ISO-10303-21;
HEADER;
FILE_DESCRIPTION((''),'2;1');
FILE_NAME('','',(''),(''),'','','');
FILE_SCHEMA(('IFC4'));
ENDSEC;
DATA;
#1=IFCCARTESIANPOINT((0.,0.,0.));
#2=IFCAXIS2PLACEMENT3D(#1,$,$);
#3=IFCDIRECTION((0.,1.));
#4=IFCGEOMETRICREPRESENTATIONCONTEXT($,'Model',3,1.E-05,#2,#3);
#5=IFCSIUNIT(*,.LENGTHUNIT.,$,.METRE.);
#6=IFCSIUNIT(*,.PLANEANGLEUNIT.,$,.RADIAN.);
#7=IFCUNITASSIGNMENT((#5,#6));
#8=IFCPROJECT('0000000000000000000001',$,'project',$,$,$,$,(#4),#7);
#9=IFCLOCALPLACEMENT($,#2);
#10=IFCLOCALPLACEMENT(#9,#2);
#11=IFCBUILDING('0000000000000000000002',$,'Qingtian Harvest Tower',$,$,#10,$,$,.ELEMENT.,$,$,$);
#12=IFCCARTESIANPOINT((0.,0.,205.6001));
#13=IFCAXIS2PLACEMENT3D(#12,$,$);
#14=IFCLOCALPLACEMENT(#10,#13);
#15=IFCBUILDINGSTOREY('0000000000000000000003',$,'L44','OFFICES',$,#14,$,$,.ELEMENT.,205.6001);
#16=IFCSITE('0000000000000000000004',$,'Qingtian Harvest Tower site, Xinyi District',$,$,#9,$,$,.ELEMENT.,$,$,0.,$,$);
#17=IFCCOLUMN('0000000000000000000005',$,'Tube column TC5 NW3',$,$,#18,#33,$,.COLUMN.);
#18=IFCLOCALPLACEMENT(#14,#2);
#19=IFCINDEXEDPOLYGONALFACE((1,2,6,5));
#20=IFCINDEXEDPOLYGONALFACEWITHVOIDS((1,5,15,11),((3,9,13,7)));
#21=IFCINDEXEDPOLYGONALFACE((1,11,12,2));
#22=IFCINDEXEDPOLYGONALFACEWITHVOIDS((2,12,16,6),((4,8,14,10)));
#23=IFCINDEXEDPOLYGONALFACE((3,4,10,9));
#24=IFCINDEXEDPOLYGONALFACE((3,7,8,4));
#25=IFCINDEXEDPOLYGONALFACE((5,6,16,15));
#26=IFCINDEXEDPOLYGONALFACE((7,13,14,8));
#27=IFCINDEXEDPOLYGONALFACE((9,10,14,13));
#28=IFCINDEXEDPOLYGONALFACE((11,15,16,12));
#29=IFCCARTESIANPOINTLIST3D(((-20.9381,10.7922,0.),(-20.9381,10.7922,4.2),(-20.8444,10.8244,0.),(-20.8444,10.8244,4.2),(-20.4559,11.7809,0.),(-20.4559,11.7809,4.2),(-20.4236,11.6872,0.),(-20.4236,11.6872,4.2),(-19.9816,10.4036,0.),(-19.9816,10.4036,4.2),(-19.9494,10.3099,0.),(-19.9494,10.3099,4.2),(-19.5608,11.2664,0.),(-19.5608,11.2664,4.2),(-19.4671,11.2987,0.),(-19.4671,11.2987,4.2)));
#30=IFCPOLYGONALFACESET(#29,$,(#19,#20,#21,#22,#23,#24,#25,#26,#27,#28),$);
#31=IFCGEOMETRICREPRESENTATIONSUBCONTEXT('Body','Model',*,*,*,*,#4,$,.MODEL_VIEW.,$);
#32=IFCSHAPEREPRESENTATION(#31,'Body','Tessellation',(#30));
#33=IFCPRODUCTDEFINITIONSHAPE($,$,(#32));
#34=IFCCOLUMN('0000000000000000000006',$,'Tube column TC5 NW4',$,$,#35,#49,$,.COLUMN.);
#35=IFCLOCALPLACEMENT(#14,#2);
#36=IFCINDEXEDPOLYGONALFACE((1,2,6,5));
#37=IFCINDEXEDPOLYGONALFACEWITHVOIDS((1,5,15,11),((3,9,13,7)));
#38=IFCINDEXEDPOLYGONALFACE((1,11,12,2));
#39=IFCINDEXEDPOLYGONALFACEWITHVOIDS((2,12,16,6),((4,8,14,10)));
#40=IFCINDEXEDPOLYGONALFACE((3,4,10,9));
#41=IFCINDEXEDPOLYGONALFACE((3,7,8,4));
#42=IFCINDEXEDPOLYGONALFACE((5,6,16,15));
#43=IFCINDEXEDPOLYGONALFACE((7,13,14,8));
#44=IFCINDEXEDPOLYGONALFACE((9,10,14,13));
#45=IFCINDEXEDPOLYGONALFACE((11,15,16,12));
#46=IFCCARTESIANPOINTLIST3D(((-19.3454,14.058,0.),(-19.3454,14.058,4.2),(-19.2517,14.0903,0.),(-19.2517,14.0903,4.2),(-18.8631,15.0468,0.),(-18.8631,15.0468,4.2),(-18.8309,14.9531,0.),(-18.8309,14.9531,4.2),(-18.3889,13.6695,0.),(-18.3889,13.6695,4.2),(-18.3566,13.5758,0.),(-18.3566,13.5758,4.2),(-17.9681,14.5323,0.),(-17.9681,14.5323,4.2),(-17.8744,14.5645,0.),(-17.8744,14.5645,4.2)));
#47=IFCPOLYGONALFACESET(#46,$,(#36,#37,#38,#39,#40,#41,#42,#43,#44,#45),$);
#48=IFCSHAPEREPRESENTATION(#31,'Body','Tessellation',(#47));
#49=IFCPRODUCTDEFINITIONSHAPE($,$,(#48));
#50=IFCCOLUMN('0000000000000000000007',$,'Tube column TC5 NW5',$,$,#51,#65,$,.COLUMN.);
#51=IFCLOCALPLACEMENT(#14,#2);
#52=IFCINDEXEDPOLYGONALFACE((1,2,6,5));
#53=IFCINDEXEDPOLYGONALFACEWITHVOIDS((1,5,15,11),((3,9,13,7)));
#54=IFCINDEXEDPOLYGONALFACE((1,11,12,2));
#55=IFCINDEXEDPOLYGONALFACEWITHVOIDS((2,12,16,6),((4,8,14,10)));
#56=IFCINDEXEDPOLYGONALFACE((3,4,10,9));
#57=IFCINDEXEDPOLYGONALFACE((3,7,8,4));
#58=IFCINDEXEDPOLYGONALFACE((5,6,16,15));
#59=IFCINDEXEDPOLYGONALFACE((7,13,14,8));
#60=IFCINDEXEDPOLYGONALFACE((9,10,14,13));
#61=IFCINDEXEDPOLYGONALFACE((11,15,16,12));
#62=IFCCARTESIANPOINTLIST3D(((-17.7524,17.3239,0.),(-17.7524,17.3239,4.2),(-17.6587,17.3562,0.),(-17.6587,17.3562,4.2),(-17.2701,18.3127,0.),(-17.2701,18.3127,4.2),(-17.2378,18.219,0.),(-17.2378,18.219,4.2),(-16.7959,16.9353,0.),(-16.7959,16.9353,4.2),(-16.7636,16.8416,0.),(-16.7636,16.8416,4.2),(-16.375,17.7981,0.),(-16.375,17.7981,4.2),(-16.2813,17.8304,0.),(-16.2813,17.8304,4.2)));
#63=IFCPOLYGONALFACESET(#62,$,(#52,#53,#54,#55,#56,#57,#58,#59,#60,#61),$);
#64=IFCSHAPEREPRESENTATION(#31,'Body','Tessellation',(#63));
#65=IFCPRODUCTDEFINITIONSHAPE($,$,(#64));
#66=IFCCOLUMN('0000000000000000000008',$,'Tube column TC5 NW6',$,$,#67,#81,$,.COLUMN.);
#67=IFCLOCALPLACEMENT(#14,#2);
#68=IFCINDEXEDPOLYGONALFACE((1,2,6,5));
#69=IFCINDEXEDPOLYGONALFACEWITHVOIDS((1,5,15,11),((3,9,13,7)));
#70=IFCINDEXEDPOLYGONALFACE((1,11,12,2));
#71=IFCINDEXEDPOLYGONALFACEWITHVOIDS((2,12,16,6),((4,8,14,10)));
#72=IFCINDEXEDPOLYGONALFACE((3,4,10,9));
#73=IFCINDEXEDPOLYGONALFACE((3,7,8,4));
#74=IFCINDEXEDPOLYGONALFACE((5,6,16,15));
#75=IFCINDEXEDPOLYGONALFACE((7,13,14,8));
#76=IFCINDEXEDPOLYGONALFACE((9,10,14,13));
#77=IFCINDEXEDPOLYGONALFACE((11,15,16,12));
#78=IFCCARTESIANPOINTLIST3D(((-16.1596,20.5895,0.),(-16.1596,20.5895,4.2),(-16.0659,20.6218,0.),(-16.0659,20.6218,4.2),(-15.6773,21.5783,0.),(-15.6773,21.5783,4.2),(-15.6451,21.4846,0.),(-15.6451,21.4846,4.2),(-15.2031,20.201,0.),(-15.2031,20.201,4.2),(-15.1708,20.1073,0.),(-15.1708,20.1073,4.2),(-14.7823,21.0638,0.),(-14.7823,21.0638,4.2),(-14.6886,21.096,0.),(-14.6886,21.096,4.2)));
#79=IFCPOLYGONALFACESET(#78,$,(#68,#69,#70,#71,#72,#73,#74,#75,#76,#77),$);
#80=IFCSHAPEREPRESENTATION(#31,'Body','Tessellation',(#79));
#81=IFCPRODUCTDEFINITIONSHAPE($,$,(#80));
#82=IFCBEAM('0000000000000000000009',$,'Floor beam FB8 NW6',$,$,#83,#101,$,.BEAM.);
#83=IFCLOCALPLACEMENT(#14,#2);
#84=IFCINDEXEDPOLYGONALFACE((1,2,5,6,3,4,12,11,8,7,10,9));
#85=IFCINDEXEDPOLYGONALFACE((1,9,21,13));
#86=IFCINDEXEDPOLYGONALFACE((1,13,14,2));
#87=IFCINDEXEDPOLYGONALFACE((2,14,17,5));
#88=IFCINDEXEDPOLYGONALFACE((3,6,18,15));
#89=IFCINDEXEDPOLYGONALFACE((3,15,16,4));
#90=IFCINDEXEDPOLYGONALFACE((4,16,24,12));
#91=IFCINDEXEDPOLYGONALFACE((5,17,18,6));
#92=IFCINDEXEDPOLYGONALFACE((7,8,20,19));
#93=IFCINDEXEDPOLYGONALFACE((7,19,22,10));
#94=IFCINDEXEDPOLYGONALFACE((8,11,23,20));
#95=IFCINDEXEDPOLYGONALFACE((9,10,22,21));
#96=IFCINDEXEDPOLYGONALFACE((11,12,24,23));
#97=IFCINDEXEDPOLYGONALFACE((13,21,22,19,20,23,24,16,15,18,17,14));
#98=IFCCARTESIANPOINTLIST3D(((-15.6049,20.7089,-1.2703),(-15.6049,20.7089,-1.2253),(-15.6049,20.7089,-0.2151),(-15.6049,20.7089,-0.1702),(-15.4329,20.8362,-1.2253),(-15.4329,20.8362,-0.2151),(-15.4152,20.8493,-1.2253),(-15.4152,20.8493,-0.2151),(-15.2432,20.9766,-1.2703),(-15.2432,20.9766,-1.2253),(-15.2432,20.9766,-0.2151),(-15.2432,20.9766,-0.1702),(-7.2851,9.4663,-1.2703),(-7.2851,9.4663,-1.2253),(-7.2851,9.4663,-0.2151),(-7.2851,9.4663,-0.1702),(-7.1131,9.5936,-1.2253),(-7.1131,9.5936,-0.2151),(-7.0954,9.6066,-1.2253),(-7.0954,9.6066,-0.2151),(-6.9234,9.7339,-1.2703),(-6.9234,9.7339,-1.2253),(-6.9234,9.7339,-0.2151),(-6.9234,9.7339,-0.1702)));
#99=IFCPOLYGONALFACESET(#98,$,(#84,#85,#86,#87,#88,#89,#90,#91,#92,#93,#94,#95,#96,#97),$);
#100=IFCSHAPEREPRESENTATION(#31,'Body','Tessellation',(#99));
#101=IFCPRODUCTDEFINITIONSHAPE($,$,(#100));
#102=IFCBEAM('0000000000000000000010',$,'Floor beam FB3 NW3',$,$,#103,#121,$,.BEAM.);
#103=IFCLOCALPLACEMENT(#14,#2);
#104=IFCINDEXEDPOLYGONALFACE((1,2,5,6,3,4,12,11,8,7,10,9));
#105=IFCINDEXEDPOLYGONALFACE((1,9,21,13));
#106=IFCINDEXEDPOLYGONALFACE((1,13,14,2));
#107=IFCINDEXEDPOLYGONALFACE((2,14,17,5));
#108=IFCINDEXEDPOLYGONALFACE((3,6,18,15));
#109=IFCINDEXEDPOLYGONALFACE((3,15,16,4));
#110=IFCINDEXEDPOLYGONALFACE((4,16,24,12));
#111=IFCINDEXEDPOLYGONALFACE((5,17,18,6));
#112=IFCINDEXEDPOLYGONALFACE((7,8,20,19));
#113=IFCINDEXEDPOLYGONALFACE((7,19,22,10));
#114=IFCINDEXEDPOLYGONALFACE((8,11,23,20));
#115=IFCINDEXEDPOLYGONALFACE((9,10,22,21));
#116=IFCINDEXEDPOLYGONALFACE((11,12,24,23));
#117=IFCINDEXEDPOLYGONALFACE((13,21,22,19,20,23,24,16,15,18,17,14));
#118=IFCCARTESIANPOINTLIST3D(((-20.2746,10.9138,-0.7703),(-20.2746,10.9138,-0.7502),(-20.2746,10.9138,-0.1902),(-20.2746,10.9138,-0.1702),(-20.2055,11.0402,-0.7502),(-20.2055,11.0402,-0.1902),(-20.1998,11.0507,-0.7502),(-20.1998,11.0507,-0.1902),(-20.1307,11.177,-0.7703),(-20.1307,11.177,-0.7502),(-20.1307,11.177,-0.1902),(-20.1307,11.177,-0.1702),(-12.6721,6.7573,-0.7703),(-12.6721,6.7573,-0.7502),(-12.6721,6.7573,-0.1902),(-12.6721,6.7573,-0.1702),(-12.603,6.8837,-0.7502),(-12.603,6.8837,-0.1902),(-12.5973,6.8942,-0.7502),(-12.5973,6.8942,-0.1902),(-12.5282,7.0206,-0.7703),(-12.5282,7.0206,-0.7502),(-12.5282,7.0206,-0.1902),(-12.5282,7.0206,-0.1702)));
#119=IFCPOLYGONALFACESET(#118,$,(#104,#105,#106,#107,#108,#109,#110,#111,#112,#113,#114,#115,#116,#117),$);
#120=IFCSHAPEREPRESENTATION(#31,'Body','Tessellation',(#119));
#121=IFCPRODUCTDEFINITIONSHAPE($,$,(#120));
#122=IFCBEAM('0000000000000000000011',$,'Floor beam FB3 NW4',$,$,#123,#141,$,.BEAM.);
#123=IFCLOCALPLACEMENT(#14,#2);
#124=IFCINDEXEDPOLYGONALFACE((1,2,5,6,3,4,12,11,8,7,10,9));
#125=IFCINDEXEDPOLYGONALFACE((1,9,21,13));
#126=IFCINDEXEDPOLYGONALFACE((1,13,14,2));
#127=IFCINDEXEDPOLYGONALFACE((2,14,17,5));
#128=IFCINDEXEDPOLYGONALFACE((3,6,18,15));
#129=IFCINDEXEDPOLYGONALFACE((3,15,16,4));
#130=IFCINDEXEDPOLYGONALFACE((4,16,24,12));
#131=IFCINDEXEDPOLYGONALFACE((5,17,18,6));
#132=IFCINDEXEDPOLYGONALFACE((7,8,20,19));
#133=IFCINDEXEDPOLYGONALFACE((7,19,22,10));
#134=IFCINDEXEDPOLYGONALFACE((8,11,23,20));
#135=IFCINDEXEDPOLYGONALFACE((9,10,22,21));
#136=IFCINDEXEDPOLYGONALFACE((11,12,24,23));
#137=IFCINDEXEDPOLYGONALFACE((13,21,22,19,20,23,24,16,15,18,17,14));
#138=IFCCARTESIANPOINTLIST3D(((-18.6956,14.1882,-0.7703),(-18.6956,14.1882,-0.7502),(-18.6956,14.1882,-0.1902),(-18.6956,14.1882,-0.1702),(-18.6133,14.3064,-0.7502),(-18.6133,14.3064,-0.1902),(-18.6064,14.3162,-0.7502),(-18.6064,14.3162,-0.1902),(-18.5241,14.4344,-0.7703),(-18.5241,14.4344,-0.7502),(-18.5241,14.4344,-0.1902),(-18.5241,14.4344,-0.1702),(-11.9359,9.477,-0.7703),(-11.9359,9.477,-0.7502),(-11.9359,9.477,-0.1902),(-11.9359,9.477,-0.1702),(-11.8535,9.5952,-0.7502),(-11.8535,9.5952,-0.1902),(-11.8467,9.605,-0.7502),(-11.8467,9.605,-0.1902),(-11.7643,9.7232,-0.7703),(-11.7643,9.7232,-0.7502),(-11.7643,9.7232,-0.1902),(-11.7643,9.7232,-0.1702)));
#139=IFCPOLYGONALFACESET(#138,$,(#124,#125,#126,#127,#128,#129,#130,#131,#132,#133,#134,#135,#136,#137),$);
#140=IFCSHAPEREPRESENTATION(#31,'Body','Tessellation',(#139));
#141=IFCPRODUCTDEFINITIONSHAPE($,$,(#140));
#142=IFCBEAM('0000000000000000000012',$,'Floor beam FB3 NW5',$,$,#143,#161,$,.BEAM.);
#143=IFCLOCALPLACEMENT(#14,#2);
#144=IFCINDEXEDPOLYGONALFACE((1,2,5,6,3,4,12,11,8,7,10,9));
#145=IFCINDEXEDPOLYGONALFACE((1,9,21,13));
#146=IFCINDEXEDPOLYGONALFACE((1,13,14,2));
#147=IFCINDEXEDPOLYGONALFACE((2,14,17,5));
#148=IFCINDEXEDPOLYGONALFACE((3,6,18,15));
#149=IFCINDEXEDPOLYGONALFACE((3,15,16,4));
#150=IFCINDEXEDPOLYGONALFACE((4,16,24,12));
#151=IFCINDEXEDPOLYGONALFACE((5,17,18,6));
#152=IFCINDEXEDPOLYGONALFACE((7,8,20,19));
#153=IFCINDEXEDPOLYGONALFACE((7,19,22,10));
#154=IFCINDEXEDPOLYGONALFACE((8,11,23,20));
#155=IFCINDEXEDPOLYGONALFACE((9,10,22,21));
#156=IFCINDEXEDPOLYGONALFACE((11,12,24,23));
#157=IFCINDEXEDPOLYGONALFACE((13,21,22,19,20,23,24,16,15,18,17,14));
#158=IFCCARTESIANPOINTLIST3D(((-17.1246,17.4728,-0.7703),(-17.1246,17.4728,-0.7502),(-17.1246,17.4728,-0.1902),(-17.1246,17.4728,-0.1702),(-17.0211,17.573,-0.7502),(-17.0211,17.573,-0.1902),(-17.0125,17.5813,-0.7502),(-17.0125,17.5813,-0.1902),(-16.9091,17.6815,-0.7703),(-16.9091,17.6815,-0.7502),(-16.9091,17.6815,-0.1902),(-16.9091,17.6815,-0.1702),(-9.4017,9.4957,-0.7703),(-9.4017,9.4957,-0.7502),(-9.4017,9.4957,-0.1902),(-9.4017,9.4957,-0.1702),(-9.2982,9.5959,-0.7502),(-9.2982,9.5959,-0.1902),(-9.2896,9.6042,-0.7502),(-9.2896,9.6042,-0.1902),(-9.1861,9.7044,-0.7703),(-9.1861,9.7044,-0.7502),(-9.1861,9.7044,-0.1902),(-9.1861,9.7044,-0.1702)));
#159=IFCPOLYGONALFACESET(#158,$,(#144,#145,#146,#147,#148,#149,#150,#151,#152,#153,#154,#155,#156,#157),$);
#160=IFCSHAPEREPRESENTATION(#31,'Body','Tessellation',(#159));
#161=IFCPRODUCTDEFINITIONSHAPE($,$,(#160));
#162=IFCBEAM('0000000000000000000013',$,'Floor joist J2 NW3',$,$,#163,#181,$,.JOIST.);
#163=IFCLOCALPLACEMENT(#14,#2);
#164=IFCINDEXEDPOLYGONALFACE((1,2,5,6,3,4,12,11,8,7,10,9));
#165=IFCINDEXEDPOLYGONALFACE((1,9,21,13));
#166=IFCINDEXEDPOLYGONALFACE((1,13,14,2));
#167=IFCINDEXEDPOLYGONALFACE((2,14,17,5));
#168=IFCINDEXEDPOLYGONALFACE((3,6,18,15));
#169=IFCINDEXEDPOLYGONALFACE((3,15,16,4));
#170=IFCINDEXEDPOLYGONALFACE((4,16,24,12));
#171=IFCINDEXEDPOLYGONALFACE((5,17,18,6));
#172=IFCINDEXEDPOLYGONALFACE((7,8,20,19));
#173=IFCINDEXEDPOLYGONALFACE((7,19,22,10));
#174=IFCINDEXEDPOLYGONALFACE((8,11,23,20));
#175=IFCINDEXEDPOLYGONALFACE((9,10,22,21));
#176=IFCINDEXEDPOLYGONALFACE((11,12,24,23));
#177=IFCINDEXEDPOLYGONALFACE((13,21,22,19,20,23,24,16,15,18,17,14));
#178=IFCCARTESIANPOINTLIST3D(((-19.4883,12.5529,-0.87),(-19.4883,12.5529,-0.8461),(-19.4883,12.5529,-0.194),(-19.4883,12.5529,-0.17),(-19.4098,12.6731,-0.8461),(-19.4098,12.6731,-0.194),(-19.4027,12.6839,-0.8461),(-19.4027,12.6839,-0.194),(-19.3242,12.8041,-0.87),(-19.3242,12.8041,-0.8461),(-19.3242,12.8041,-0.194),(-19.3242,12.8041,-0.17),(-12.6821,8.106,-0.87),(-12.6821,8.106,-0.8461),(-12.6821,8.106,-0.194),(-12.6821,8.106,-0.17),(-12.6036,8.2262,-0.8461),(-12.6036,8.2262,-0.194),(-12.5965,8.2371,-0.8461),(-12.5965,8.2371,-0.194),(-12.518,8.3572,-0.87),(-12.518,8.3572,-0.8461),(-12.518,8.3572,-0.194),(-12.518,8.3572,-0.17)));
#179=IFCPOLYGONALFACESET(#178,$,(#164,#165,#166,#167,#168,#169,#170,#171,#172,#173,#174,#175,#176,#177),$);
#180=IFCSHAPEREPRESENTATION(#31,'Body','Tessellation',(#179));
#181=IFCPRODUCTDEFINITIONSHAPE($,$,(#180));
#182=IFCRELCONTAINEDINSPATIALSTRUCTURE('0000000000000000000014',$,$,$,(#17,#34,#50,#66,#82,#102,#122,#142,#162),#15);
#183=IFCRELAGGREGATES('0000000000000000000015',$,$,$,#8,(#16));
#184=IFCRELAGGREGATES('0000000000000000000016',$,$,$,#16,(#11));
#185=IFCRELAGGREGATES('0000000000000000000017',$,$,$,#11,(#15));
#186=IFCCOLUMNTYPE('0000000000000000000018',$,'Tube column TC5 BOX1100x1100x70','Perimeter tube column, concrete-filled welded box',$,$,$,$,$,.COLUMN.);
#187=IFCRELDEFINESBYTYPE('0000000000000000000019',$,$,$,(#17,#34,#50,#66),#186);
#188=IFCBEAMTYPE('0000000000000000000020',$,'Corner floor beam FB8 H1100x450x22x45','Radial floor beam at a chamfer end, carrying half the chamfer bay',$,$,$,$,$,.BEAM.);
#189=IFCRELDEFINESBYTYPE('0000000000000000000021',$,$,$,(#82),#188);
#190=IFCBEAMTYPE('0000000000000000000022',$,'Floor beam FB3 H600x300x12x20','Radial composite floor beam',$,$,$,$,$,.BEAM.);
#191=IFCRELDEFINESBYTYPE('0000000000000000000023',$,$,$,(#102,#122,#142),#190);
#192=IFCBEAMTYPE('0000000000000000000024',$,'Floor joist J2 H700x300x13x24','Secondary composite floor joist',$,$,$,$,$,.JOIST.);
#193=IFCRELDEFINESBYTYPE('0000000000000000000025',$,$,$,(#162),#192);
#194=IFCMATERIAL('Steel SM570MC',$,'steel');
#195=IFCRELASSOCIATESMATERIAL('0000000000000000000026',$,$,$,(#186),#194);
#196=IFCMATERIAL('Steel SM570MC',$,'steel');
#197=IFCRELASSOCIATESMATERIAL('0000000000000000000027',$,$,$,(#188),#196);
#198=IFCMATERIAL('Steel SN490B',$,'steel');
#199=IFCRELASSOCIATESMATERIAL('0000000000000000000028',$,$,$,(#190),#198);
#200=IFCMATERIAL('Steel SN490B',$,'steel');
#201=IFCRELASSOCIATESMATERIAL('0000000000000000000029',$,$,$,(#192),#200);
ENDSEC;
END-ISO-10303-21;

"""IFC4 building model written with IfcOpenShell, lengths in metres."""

from ifc_helpers import new_model, si_unit, direction, frame, origin, origin_2d, place, context, subcontext, project, spatial, hollow_rectangle, i_section, extrude, material, material_profile, profile_set, type_object, element, save


model = new_model("IFC4")

# Units and contexts
model_context = context("Model", 3, precision=1e-05, world=origin(), true_north=direction((0.0, 1.0)))
body_context = subcontext(model_context, "Body", "Model", "MODEL_VIEW")
ifc_project = project(units=[si_unit("LENGTHUNIT", "METRE"), si_unit("PLANEANGLEUNIT", "RADIAN")], contexts=[model_context])

# Site, building, storey
site_placement = place(None, origin())
site = spatial("IfcSite", under=ifc_project, at=site_placement, Name="Qingtian Harvest Tower site, Xinyi District", CompositionType="ELEMENT", RefElevation=0.0)
building_placement = place(site_placement, origin())
building = spatial("IfcBuilding", under=site, at=building_placement, Name="Qingtian Harvest Tower", CompositionType="ELEMENT")
storey_placement = place(building_placement, frame((0.0, 0.0, 205.6001)))
storey = spatial("IfcBuildingStorey", under=building, at=storey_placement, Name="L44", Description="OFFICES", CompositionType="ELEMENT", Elevation=205.6001)

# Columns
ifc_material_1 = material(Name="Steel SM570MC", Category="steel")
ifc_material_profile_1 = material_profile(ifc_material_1, hollow_rectangle(XDim=1.1001, YDim=1.1001, WallThickness=0.0701, at=origin_2d()), Name="BOX1100x1100x70")
ifc_profile_set_1 = profile_set([ifc_material_profile_1], Name="Steel SM570MC")
column_type = type_object("IfcColumnType", Name="Tube column TC5 BOX1100x1100x70", Description="Perimeter tube column, concrete-filled welded box", PredefinedType="COLUMN", material=ifc_profile_set_1)
for number, where, z_axis, x_axis, name in (
    (1, (-20.2026, 11.0454, 0.0), (0.0, 0.0, 1.0), (-0.438371, -0.898794, 0.0), "Tube column TC5 NW3"),
    (2, (-18.6099, 14.3113, 0.0), (0.0, 0.0, 1.0), (-0.438371, -0.898794, 0.0), "Tube column TC5 NW4"),
    (3, (-17.0168, 17.5771, 0.0), (0.0, 0.0, 1.0), (-0.438371, -0.898794, 0.0), "Tube column TC5 NW5"),
    (4, (-15.4241, 20.8428, 0.0), (0.0, 0.0, 1.0), (-0.438371, -0.898794, 0.0), "Tube column TC5 NW6"),
):
    element("IfcColumn", number, at=place(storey_placement, frame(where, z_axis=z_axis, x_axis=x_axis)), inside=storey, type_object=column_type, Name=name, PredefinedType="COLUMN", context=body_context, shape_type="SweptSolid", body=[
        extrude(hollow_rectangle(XDim=1.1001, YDim=1.1001, WallThickness=0.0701, at=origin_2d()), origin(), (0.0, 0.0, 1.0), 4.2),
    ])

# Beams
ifc_material_2 = material(Name="Steel SM570MC", Category="steel")
ifc_material_profile_2 = material_profile(ifc_material_2, i_section(OverallWidth=0.45, OverallDepth=1.1001, WebThickness=0.022, FlangeThickness=0.0449, at=origin_2d()), Name="H1100x450x22x45")
ifc_profile_set_2 = profile_set([ifc_material_profile_2], Name="Steel SM570MC")
beam_type_1 = type_object("IfcBeamType", Name="Corner floor beam FB8 H1100x450x22x45", Description="Radial floor beam at a chamfer end, carrying half the chamfer bay", PredefinedType="BEAM", material=ifc_profile_set_2)
beam_1_placement = place(storey_placement, frame((-15.4241, 20.8428, -0.7202), z_axis=(0.594854, -0.803834, 0.0), x_axis=(0.803834, 0.594854, 0.0)))
element("IfcBeam", 5, at=beam_1_placement, inside=storey, type_object=beam_type_1, Name="Floor beam FB8 NW6", PredefinedType="BEAM", context=body_context, shape_type="SweptSolid", body=[
    extrude(i_section(OverallWidth=0.45, OverallDepth=1.1001, WebThickness=0.022, FlangeThickness=0.0449, at=origin_2d()), origin(), (0.0, 0.0, 1.0), 13.9863),
])
ifc_material_3 = material(Name="Steel SN490B", Category="steel")
ifc_material_profile_3 = material_profile(ifc_material_3, i_section(OverallWidth=0.3, OverallDepth=0.6001, WebThickness=0.012, FlangeThickness=0.02, at=origin_2d()), Name="H600x300x12x20")
ifc_profile_set_3 = profile_set([ifc_material_profile_3], Name="Steel SN490B")
beam_type_2 = type_object("IfcBeamType", Name="Floor beam FB3 H600x300x12x20", Description="Radial composite floor beam", PredefinedType="BEAM", material=ifc_profile_set_3)
beam_2_placement = place(storey_placement, frame((-20.2026, 11.0454, -0.4702), z_axis=(0.877427, -0.479711, 0.0), x_axis=(0.479711, 0.877427, 0.0)))
element("IfcBeam", 6, at=beam_2_placement, inside=storey, type_object=beam_type_2, Name="Floor beam FB3 NW3", PredefinedType="BEAM", context=body_context, shape_type="SweptSolid", body=[
    extrude(i_section(OverallWidth=0.3, OverallDepth=0.6001, WebThickness=0.012, FlangeThickness=0.02, at=origin_2d()), origin(), (0.0, 0.0, 1.0), 8.6646),
])
beam_3_placement = place(storey_placement, frame((-18.6099, 14.3113, -0.4702), z_axis=(0.820408, -0.571779, 0.0), x_axis=(0.571779, 0.820408, 0.0)))
element("IfcBeam", 7, at=beam_3_placement, inside=storey, type_object=beam_type_2, Name="Floor beam FB3 NW4", PredefinedType="BEAM", context=body_context, shape_type="SweptSolid", body=[
    extrude(i_section(OverallWidth=0.3, OverallDepth=0.6001, WebThickness=0.012, FlangeThickness=0.02, at=origin_2d()), origin(), (0.0, 0.0, 1.0), 8.2395),
])
beam_4_placement = place(storey_placement, frame((-17.0168, 17.5771, -0.4702), z_axis=(0.695569, -0.718459, 0.0), x_axis=(0.718459, 0.695569, 0.0)))
element("IfcBeam", 8, at=beam_4_placement, inside=storey, type_object=beam_type_2, Name="Floor beam FB3 NW5", PredefinedType="BEAM", context=body_context, shape_type="SweptSolid", body=[
    extrude(i_section(OverallWidth=0.3, OverallDepth=0.6001, WebThickness=0.012, FlangeThickness=0.02, at=origin_2d()), origin(), (0.0, 0.0, 1.0), 11.103),
])
ifc_material_4 = material(Name="Steel SN490B", Category="steel")
ifc_material_profile_4 = material_profile(ifc_material_4, i_section(OverallWidth=0.3, OverallDepth=0.7, WebThickness=0.0129, FlangeThickness=0.0239, at=origin_2d()), Name="H700x300x13x24")
ifc_profile_set_4 = profile_set([ifc_material_profile_4], Name="Steel SN490B")
beam_type_3 = type_object("IfcBeamType", Name="Floor joist J2 H700x300x13x24", Description="Secondary composite floor joist", PredefinedType="JOIST", material=ifc_profile_set_4)
beam_5_placement = place(storey_placement, frame((-19.4062, 12.6785, -0.52), z_axis=(0.837161, -0.546956, 0.0), x_axis=(0.546956, 0.837161, 0.0)))
element("IfcBeam", 9, at=beam_5_placement, inside=storey, type_object=beam_type_3, Name="Floor joist J2 NW3", PredefinedType="JOIST", context=body_context, shape_type="SweptSolid", body=[
    extrude(i_section(OverallWidth=0.3, OverallDepth=0.7, WebThickness=0.0129, FlangeThickness=0.0239, at=origin_2d()), origin(), (0.0, 0.0, 1.0), 8.1301),
])

save(model, "model.ifc")
